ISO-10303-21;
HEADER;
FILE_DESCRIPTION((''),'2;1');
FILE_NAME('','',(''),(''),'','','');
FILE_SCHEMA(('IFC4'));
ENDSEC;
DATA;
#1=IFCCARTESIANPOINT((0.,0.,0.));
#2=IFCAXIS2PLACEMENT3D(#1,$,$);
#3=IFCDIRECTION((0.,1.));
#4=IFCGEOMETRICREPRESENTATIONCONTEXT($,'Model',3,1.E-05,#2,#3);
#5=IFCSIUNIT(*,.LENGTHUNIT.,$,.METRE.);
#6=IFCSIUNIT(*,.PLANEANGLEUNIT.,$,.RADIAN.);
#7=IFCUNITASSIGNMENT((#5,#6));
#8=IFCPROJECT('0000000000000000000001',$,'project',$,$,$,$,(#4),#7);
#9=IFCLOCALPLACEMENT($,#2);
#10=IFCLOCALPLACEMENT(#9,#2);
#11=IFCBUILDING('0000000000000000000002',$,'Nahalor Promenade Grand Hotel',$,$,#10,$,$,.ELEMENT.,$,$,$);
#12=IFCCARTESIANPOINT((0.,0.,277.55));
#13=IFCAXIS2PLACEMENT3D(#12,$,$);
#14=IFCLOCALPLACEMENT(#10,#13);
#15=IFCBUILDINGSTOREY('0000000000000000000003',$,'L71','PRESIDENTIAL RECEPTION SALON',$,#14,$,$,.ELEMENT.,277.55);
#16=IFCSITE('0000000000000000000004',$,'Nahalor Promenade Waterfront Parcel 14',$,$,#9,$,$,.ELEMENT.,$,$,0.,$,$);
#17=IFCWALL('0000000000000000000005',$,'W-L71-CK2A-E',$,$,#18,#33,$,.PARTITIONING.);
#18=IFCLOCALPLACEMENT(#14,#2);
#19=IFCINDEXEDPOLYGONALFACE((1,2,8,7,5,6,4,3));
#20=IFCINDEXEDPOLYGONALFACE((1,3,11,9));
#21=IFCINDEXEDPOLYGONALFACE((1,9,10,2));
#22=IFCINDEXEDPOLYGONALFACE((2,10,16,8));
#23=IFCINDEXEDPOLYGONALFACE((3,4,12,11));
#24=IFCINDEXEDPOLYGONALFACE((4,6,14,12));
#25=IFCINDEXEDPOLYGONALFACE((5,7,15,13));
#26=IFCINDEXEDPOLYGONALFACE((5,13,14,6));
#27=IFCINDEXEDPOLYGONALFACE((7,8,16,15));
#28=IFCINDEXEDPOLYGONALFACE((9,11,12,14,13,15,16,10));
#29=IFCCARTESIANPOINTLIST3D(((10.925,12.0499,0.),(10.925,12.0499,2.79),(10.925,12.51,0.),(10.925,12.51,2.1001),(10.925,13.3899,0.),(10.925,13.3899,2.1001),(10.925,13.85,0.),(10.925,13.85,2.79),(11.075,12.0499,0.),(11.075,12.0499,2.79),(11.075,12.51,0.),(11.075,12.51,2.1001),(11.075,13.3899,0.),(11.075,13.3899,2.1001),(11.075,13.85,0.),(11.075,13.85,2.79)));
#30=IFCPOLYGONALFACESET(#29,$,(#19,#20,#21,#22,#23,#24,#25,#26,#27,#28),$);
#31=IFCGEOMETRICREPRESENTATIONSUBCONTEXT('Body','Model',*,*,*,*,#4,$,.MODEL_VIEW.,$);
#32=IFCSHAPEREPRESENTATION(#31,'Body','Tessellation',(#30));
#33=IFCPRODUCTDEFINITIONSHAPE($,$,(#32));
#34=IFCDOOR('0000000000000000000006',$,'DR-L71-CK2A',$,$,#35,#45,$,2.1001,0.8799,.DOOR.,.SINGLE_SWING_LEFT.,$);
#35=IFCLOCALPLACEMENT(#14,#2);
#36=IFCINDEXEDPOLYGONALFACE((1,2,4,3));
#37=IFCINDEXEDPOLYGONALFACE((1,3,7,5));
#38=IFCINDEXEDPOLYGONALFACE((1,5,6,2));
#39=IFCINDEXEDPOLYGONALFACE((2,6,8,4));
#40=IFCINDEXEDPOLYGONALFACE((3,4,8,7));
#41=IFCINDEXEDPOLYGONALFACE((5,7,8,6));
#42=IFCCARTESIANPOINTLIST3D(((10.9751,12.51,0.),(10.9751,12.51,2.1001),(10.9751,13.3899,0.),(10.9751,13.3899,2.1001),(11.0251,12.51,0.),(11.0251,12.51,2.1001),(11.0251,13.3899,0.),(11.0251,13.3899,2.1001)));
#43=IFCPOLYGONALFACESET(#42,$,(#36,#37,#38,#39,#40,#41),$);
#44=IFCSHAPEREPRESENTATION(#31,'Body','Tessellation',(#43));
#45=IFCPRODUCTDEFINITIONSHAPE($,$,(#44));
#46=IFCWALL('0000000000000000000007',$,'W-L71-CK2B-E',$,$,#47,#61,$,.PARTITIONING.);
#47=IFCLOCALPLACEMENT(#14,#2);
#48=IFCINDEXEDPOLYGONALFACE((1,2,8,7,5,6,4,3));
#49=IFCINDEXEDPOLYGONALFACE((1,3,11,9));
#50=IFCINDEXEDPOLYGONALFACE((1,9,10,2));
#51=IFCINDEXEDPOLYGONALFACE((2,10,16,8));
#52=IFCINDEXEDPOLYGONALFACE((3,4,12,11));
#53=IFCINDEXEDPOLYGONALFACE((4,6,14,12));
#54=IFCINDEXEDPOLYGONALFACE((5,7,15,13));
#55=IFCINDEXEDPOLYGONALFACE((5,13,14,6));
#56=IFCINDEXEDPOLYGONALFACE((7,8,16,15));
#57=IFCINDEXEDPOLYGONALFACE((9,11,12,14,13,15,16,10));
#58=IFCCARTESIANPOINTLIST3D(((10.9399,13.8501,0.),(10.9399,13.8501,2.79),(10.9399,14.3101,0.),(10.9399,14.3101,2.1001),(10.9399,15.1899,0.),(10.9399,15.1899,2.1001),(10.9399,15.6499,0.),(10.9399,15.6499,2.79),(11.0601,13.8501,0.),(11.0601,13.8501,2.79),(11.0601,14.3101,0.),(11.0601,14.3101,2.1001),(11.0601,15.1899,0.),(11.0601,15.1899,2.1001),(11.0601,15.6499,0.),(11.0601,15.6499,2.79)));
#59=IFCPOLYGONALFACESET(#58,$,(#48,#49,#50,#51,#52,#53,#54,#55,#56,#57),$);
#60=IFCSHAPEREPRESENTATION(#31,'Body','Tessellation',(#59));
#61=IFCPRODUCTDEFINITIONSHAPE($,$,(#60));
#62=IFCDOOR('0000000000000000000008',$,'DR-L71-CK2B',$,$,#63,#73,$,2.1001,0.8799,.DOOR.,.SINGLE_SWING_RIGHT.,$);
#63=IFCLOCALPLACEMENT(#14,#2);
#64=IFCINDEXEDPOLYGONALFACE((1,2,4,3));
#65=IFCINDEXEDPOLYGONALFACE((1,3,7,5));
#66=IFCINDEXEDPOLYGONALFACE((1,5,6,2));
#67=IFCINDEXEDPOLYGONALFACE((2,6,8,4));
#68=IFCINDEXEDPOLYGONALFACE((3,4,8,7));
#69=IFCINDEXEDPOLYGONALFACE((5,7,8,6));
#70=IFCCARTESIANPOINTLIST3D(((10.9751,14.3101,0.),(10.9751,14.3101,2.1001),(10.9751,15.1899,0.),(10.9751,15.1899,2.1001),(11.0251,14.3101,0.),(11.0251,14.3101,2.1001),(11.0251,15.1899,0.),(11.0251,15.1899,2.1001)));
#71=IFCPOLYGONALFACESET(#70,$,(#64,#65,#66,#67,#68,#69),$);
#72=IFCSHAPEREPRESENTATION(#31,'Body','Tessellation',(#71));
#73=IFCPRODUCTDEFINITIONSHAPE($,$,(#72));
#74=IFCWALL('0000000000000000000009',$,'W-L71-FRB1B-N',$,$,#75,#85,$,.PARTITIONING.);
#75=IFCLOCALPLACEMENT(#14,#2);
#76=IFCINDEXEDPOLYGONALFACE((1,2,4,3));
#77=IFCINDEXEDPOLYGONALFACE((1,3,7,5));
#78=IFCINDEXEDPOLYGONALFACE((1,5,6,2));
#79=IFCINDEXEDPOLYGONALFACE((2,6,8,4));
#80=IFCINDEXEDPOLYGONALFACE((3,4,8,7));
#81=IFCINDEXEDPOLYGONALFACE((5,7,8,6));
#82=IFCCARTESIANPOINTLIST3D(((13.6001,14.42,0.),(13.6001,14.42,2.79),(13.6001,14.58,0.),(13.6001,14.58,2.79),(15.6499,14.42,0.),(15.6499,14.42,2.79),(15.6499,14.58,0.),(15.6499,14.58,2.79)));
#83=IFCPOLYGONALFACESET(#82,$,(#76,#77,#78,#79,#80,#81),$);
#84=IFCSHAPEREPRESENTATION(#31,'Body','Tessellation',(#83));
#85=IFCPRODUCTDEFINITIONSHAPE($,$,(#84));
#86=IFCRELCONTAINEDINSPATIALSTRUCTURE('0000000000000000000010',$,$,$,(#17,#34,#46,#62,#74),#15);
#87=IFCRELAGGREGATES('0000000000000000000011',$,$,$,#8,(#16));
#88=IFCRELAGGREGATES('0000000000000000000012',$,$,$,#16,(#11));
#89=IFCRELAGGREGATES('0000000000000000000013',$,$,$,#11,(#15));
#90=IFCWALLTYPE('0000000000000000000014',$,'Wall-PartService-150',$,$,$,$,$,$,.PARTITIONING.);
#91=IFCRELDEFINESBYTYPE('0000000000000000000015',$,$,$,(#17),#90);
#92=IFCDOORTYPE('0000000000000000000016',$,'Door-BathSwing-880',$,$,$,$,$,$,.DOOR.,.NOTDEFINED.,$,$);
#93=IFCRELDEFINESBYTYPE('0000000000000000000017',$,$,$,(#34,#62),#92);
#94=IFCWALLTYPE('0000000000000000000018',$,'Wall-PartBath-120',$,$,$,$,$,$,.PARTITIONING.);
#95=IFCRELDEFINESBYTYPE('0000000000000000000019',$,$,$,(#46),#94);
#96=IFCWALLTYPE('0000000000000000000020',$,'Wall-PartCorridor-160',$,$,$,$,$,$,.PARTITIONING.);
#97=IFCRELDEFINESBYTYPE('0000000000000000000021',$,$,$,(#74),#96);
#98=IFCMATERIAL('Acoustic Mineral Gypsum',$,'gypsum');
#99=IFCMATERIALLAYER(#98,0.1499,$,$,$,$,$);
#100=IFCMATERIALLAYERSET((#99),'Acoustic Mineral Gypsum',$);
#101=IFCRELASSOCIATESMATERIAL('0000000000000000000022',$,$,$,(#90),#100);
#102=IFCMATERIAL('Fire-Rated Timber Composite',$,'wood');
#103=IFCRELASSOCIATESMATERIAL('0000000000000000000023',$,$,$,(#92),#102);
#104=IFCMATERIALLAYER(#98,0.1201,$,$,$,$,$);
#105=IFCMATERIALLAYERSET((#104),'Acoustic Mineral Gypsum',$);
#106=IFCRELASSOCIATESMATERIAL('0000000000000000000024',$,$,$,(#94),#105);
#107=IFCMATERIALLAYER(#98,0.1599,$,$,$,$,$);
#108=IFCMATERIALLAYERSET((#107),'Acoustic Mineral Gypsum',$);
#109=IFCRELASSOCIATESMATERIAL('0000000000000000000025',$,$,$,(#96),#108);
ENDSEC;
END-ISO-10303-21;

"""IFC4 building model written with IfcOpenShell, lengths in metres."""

from ifc_helpers import new_model, si_unit, direction, frame, frame_2d, origin, place, context, subcontext, project, spatial, rectangle, extrude, source, transform, mapped, material, layer, layer_set, type_object, element, fill, save


model = new_model("IFC4")

# Units and contexts
model_context = context("Model", 3, precision=1e-05, world=origin(), true_north=direction((0.0, 1.0)))
body_context = subcontext(model_context, "Body", "Model", "MODEL_VIEW")
ifc_project = project(units=[si_unit("LENGTHUNIT", "METRE"), si_unit("PLANEANGLEUNIT", "RADIAN")], contexts=[model_context])

# Site, building, storey
site_placement = place(None, origin())
site = spatial("IfcSite", under=ifc_project, at=site_placement, Name="Nahalor Promenade Waterfront Parcel 14", CompositionType="ELEMENT", RefElevation=0.0)
building_placement = place(site_placement, origin())
building = spatial("IfcBuilding", under=site, at=building_placement, Name="Nahalor Promenade Grand Hotel", CompositionType="ELEMENT")
storey_placement = place(building_placement, frame((0.0, 0.0, 277.55)))
storey = spatial("IfcBuildingStorey", under=building, at=storey_placement, Name="L71", Description="PRESIDENTIAL RECEPTION SALON", CompositionType="ELEMENT", Elevation=277.55)

# Walls, openings, doors
ifc_material_1 = material(Name="Acoustic Mineral Gypsum", Category="gypsum")
ifc_layer_1 = layer(ifc_material_1, 0.1499)
ifc_layer_set_1 = layer_set([ifc_layer_1], Name="Acoustic Mineral Gypsum")
wall_type_1 = type_object("IfcWallType", Name="Wall-PartService-150", PredefinedType="PARTITIONING", material=ifc_layer_set_1)
shared_shape_1 = source(origin(), body_context, "Body", "SweptSolid", [
    extrude(rectangle(XDim=1.8, YDim=0.1499, at=frame_2d((0.8999, 0.0))), origin(), (0.0, 0.0, 1.0), 2.79),
])
wall_1_placement = place(storey_placement, frame((11.0, 12.05, 0.0), z_axis=(0.0, 0.0, 1.0), x_axis=(0.0, 1.0, 0.0)))
wall_1 = element("IfcWall", 1, at=wall_1_placement, inside=storey, type_object=wall_type_1, Name="W-L71-CK2A-E", PredefinedType="PARTITIONING", context=body_context, shape_type="MappedRepresentation", body=[
    mapped(shared_shape_1, transform((0.0, 0.0, 0.0), scale=1.0)),
])
opening_1_placement = place(wall_1_placement, frame((0.46, 0.0, 0.0)))
opening_1 = element("IfcOpeningElement", 2, at=opening_1_placement, cuts=wall_1, PredefinedType="OPENING", context=body_context, shape_type="SweptSolid", body=[
    extrude(rectangle(XDim=0.8799, YDim=2.1001, at=frame_2d((0.4399, 1.05))), frame((0.0, 0.085, 0.0), z_axis=(0.0, -1.0, 0.0), x_axis=(1.0, 0.0, 0.0)), (0.0, 0.0, 1.0), 0.1699),
])
ifc_material_2 = material(Name="Fire-Rated Timber Composite", Category="wood")
door_type_1 = type_object("IfcDoorType", Name="Door-BathSwing-880", OperationType="NOTDEFINED", PredefinedType="DOOR", material=ifc_material_2)
shared_shape_2 = source(origin(), body_context, "Body", "SweptSolid", [
    extrude(rectangle(XDim=0.8799, YDim=2.1001, at=frame_2d((0.4399, 1.05))), frame((0.0, 0.0249, 0.0), z_axis=(0.0, -1.0, 0.0), x_axis=(1.0, 0.0, 0.0)), (0.0, 0.0, 1.0), 0.05),
])
door_1_placement = place(opening_1_placement, origin())
door_1 = element("IfcDoor", 3, at=door_1_placement, inside=storey, type_object=door_type_1, Name="DR-L71-CK2A", OperationType="SINGLE_SWING_LEFT", OverallHeight=2.1001, OverallWidth=0.8799, PredefinedType="DOOR", context=body_context, shape_type="MappedRepresentation", body=[
    mapped(shared_shape_2, transform((0.0, 0.0, 0.0), scale=1.0)),
])
fill(opening_1, door_1)
ifc_layer_2 = layer(ifc_material_1, 0.1201)
ifc_layer_set_2 = layer_set([ifc_layer_2], Name="Acoustic Mineral Gypsum")
wall_type_2 = type_object("IfcWallType", Name="Wall-PartBath-120", PredefinedType="PARTITIONING", material=ifc_layer_set_2)
shared_shape_3 = source(origin(), body_context, "Body", "SweptSolid", [
    extrude(rectangle(XDim=1.7998, YDim=0.1201, at=frame_2d((0.8999, 0.0))), origin(), (0.0, 0.0, 1.0), 2.79),
])
wall_2_placement = place(storey_placement, frame((11.0, 13.8501, 0.0), z_axis=(0.0, 0.0, 1.0), x_axis=(0.0, 1.0, 0.0)))
wall_2 = element("IfcWall", 4, at=wall_2_placement, inside=storey, type_object=wall_type_2, Name="W-L71-CK2B-E", PredefinedType="PARTITIONING", context=body_context, shape_type="MappedRepresentation", body=[
    mapped(shared_shape_3, transform((0.0, 0.0, 0.0), scale=1.0)),
])
opening_2_placement = place(wall_2_placement, frame((0.46, 0.0, 0.0)))
opening_2 = element("IfcOpeningElement", 5, at=opening_2_placement, cuts=wall_2, PredefinedType="OPENING", context=body_context, shape_type="SweptSolid", body=[
    extrude(rectangle(XDim=0.8799, YDim=2.1001, at=frame_2d((0.4399, 1.05))), frame((0.0, 0.0701, 0.0), z_axis=(0.0, -1.0, 0.0), x_axis=(1.0, 0.0, 0.0)), (0.0, 0.0, 1.0), 0.1401),
])
door_2_placement = place(opening_2_placement, origin())
door_2 = element("IfcDoor", 6, at=door_2_placement, inside=storey, type_object=door_type_1, Name="DR-L71-CK2B", OperationType="SINGLE_SWING_RIGHT", OverallHeight=2.1001, OverallWidth=0.8799, PredefinedType="DOOR", context=body_context, shape_type="MappedRepresentation", body=[
    mapped(shared_shape_2, transform((0.0, 0.0, 0.0), scale=1.0)),
])
fill(opening_2, door_2)

# Wall
ifc_layer_3 = layer(ifc_material_1, 0.1599)
ifc_layer_set_3 = layer_set([ifc_layer_3], Name="Acoustic Mineral Gypsum")
wall_type_3 = type_object("IfcWallType", Name="Wall-PartCorridor-160", PredefinedType="PARTITIONING", material=ifc_layer_set_3)
shared_shape_4 = source(origin(), body_context, "Body", "SweptSolid", [
    extrude(rectangle(XDim=2.0498, YDim=0.1599, at=frame_2d((1.0249, 0.0))), origin(), (0.0, 0.0, 1.0), 2.79),
])
wall_3_placement = place(storey_placement, frame((13.6001, 14.5, 0.0), z_axis=(0.0, 0.0, 1.0), x_axis=(1.0, 0.0, 0.0)))
element("IfcWall", 7, at=wall_3_placement, inside=storey, type_object=wall_type_3, Name="W-L71-FRB1B-N", PredefinedType="PARTITIONING", context=body_context, shape_type="MappedRepresentation", body=[
    mapped(shared_shape_4, transform((0.0, 0.0, 0.0), scale=1.0)),
])

save(model, "model.ifc")
